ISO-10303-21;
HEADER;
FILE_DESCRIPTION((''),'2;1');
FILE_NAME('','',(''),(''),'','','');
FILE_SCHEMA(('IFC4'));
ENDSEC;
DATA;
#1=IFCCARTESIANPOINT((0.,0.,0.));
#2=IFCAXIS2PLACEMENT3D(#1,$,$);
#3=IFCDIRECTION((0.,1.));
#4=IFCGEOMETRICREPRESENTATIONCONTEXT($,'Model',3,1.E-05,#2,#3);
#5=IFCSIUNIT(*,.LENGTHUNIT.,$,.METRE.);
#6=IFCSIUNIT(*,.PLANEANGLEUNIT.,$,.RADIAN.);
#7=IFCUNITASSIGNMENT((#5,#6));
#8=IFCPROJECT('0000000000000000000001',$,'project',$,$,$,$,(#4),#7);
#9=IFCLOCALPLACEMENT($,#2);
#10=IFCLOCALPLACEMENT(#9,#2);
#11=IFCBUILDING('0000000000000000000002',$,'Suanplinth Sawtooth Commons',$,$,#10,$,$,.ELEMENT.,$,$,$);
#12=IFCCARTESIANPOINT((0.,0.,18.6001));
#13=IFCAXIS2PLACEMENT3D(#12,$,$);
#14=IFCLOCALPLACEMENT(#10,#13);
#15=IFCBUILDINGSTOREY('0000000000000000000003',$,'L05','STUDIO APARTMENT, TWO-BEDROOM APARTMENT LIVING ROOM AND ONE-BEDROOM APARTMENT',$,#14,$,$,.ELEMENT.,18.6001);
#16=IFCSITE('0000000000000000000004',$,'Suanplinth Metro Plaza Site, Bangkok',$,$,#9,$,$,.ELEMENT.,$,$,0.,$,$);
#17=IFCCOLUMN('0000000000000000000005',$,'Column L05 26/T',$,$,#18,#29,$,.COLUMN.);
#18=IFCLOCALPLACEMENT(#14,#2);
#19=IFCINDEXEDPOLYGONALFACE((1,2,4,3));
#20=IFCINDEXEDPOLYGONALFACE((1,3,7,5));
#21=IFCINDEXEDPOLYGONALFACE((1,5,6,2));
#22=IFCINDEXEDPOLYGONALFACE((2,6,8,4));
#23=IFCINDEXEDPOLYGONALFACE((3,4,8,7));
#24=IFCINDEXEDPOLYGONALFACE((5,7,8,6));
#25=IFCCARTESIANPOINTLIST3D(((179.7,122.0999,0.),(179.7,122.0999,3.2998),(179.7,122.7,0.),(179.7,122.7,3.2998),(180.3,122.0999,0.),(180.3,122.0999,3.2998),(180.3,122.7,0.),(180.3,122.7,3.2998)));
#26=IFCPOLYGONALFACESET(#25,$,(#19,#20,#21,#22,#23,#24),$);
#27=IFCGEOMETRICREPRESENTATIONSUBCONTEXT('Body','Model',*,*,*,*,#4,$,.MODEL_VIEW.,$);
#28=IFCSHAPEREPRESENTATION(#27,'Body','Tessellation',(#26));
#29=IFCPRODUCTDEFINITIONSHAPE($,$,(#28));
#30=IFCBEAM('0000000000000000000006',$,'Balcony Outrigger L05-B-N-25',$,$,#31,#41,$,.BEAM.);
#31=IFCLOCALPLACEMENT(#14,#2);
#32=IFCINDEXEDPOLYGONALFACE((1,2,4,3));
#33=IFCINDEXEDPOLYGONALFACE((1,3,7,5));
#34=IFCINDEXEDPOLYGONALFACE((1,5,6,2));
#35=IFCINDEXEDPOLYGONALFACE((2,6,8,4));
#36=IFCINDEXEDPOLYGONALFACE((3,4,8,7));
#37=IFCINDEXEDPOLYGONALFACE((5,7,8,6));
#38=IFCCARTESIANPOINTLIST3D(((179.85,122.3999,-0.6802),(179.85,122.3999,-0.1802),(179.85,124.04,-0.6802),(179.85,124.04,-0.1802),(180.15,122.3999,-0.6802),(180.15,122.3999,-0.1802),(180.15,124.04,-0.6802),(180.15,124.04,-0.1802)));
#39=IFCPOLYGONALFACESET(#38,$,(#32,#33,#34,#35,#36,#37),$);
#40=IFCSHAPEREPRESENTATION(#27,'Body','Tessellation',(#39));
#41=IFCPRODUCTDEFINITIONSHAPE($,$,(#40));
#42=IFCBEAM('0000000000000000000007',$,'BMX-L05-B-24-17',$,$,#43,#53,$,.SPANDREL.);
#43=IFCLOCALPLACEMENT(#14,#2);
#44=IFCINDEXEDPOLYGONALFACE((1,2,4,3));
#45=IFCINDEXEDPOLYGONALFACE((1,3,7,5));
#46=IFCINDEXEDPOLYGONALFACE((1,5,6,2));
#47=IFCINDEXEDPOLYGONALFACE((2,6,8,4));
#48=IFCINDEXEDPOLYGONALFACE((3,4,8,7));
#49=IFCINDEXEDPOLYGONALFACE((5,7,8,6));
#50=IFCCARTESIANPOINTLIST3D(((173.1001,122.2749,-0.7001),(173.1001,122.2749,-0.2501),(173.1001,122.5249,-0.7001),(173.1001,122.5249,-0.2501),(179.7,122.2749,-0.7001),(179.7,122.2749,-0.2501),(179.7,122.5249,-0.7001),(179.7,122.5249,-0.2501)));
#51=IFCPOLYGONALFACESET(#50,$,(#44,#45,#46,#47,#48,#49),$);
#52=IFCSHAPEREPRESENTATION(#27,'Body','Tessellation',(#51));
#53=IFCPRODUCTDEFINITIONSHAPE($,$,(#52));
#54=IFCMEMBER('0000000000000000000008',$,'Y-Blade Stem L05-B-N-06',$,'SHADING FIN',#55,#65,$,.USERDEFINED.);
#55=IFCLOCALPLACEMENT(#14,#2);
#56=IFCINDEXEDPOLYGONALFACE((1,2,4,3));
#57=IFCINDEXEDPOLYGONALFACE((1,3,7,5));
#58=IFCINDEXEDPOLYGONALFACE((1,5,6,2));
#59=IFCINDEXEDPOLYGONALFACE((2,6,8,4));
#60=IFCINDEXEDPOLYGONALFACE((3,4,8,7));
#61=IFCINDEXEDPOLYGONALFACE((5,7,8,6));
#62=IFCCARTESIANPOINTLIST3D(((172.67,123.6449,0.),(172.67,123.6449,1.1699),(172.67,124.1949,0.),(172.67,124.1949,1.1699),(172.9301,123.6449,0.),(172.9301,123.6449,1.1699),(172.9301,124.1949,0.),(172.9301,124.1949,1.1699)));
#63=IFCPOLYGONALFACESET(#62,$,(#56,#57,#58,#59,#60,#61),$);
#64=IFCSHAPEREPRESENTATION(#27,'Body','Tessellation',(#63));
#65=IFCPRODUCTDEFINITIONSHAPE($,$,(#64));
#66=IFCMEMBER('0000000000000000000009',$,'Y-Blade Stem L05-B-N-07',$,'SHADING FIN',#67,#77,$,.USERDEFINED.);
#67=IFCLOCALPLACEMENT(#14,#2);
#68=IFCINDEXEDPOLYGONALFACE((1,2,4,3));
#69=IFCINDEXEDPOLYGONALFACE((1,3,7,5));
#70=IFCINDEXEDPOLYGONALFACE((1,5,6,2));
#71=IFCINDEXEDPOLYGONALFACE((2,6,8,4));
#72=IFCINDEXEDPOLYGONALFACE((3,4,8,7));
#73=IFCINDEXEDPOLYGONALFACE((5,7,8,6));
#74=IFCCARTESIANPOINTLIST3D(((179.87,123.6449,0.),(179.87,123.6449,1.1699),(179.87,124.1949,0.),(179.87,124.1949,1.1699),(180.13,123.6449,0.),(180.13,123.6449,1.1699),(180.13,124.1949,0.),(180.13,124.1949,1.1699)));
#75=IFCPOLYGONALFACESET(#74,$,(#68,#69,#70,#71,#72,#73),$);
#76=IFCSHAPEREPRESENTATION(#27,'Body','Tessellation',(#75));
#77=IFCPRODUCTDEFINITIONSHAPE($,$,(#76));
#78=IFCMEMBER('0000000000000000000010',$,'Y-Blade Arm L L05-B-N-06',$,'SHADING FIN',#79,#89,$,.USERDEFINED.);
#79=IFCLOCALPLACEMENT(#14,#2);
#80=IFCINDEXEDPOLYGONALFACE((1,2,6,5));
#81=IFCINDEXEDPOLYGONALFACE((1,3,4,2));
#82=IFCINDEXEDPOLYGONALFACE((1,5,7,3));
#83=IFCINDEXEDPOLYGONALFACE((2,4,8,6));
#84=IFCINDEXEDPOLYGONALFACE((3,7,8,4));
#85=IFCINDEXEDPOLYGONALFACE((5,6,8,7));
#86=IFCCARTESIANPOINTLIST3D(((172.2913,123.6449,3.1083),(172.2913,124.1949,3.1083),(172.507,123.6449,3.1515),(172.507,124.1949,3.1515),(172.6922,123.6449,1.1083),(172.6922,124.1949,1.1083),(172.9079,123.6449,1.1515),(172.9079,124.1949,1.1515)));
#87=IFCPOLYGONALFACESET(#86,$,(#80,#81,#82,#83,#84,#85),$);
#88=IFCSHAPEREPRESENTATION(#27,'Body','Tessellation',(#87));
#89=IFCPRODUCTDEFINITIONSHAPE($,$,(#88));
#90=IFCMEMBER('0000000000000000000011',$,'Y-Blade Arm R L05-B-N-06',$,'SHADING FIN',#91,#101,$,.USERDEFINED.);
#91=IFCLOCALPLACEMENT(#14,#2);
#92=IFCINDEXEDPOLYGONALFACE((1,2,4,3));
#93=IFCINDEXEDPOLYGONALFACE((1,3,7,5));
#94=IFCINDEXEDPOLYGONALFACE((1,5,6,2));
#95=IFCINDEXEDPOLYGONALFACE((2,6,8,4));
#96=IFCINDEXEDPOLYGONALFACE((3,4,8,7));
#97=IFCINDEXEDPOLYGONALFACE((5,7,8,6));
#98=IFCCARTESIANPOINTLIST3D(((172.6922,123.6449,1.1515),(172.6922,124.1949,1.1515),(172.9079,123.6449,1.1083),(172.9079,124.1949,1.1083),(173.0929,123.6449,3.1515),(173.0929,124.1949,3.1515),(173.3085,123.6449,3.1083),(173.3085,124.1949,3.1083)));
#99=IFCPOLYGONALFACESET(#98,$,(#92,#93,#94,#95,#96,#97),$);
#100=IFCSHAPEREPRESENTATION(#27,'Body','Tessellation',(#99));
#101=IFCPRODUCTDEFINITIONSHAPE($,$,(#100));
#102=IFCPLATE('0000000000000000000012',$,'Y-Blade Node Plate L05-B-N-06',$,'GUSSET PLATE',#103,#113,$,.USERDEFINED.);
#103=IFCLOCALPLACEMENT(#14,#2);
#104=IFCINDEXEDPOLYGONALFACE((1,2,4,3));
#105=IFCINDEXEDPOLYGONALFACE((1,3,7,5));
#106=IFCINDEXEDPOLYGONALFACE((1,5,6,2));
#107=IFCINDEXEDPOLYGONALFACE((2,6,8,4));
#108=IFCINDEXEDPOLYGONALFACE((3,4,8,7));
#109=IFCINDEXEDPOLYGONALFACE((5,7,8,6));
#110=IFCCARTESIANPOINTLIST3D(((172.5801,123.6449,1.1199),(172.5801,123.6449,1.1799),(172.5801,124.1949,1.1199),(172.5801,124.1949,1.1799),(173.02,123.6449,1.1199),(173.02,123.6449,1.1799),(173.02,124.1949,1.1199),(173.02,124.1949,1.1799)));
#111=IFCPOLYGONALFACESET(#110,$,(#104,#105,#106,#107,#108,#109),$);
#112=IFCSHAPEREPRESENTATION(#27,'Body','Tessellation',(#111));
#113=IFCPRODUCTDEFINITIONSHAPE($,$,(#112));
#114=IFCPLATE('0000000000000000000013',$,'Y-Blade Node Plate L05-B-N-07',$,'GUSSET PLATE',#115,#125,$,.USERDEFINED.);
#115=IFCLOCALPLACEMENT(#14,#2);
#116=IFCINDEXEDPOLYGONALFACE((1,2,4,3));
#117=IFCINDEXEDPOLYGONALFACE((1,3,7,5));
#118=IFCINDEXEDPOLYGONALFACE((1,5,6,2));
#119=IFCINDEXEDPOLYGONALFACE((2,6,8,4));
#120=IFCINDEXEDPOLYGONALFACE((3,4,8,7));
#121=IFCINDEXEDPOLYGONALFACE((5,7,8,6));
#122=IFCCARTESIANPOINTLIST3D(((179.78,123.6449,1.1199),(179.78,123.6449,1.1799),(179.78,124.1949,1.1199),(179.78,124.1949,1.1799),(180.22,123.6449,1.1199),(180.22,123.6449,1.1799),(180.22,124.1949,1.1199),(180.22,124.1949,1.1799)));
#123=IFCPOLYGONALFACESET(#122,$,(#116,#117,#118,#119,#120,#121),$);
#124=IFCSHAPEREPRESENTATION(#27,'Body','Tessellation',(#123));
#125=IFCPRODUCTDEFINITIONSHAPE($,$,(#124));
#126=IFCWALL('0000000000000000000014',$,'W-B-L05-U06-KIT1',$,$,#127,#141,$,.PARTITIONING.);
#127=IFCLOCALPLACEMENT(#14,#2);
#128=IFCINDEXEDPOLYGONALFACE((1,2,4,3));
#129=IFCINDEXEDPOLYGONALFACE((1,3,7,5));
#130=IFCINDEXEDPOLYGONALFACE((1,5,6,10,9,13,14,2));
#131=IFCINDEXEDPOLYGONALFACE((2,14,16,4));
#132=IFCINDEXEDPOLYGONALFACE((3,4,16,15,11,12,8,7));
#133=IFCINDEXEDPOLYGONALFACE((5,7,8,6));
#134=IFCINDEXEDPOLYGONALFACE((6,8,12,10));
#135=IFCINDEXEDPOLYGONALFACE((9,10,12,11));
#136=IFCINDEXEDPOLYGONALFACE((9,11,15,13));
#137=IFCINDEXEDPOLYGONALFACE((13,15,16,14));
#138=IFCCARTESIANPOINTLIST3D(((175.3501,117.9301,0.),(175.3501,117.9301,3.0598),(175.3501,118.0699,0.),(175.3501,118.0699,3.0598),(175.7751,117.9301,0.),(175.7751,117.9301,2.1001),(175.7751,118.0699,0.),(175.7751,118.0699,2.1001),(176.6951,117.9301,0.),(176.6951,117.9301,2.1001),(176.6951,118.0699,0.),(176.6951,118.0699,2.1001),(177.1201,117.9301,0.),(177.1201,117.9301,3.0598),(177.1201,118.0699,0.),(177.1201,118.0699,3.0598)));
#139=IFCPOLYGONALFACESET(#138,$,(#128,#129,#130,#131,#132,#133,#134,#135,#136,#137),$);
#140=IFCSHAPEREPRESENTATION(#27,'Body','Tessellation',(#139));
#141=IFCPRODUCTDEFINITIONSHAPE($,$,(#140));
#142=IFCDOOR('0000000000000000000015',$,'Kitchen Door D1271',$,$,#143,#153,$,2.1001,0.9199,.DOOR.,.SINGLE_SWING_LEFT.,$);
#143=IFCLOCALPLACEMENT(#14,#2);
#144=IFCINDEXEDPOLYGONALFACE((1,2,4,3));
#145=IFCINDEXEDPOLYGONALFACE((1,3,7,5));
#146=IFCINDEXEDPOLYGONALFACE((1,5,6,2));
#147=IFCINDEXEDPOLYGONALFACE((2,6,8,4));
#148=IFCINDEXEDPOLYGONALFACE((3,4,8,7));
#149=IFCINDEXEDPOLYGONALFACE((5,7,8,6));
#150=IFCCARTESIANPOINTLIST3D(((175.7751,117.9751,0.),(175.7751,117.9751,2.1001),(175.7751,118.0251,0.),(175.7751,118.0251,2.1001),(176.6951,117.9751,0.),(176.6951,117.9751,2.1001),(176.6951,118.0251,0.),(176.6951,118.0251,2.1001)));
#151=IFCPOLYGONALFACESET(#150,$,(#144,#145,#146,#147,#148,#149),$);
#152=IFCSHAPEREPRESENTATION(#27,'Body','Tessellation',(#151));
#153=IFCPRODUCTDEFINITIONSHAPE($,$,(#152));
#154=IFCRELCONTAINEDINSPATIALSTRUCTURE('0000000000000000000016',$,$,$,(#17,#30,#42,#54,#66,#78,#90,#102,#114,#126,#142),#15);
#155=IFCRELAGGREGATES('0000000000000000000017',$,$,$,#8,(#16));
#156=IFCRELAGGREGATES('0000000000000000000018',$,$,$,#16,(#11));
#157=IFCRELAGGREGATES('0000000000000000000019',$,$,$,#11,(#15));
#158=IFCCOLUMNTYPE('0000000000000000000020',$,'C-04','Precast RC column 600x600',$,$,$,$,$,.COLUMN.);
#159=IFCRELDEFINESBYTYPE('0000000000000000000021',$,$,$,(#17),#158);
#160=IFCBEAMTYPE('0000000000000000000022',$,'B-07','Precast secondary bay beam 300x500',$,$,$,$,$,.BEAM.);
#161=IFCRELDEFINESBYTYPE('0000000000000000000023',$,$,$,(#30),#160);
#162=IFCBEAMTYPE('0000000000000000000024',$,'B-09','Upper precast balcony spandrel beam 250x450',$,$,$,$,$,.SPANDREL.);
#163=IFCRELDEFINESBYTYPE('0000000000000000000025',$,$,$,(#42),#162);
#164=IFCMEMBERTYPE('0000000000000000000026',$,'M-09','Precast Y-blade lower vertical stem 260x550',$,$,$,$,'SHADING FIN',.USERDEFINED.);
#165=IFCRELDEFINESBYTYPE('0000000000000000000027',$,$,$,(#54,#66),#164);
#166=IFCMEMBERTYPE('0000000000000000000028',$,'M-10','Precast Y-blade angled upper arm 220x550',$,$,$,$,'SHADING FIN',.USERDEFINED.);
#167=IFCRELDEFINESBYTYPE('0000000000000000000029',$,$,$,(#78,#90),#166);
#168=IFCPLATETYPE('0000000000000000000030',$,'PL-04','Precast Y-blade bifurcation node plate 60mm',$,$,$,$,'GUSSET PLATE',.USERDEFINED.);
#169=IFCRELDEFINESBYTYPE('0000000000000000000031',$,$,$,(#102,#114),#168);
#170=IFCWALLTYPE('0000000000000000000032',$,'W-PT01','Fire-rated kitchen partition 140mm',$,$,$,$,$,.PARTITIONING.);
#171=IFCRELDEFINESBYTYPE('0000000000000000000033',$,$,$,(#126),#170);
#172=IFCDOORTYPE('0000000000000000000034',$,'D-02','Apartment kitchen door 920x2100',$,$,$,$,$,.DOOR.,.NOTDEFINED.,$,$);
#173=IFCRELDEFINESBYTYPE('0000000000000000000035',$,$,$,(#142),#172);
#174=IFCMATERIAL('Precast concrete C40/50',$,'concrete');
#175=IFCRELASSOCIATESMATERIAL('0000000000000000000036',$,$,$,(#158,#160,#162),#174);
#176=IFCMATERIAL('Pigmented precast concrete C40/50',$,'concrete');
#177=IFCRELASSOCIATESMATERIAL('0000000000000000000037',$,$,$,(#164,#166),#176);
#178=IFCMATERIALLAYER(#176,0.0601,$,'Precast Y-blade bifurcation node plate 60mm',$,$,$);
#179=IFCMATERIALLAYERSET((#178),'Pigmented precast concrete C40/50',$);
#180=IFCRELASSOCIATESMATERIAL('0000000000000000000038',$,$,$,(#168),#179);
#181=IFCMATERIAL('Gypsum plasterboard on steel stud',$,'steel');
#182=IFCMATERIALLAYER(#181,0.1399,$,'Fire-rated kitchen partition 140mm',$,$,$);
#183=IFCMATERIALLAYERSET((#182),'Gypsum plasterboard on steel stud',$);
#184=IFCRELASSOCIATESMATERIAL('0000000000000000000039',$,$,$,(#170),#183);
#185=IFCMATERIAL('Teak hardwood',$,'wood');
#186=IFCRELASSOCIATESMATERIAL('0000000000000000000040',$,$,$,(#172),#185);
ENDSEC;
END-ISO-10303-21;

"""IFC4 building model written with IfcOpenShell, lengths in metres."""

from ifc_helpers import new_model, si_unit, direction, frame, frame_2d, origin, origin_2d, place, context, subcontext, project, spatial, rectangle, extrude, material, layer, layer_set, material_profile, profile_set, type_object, element, fill, save


model = new_model("IFC4")

# Units and contexts
model_context = context("Model", 3, precision=1e-05, world=origin(), true_north=direction((0.0, 1.0)))
body_context = subcontext(model_context, "Body", "Model", "MODEL_VIEW")
ifc_project = project(units=[si_unit("LENGTHUNIT", "METRE"), si_unit("PLANEANGLEUNIT", "RADIAN")], contexts=[model_context])

# Site, building, storey
site_placement = place(None, origin())
site = spatial("IfcSite", under=ifc_project, at=site_placement, Name="Suanplinth Metro Plaza Site, Bangkok", CompositionType="ELEMENT", RefElevation=0.0)
building_placement = place(site_placement, origin())
building = spatial("IfcBuilding", under=site, at=building_placement, Name="Suanplinth Sawtooth Commons", CompositionType="ELEMENT")
storey_placement = place(building_placement, frame((0.0, 0.0, 18.6001)))
storey = spatial("IfcBuildingStorey", under=building, at=storey_placement, Name="L05", Description="STUDIO APARTMENT, TWO-BEDROOM APARTMENT LIVING ROOM AND ONE-BEDROOM APARTMENT", CompositionType="ELEMENT", Elevation=18.6001)

# Column
ifc_material_1 = material(Name="Precast concrete C40/50", Category="concrete")
ifc_material_profile_1 = material_profile(ifc_material_1, rectangle(XDim=0.6001, YDim=0.6001, at=origin_2d()), Name="PC-COL 600x600")
ifc_profile_set_1 = profile_set([ifc_material_profile_1], Name="Precast concrete C40/50")
column_type = type_object("IfcColumnType", Name="C-04", Description="Precast RC column 600x600", PredefinedType="COLUMN", material=ifc_profile_set_1)
column_placement = place(storey_placement, frame((180.0, 122.3999, 0.0), z_axis=(0.0, 0.0, 1.0), x_axis=(1.0, 0.0, 0.0)))
element("IfcColumn", 1, at=column_placement, inside=storey, type_object=column_type, Name="Column L05 26/T", PredefinedType="COLUMN", context=body_context, shape_type="SweptSolid", body=[
    extrude(rectangle(XDim=0.6001, YDim=0.6001, at=origin_2d()), origin(), (0.0, 0.0, 1.0), 3.2998),
])

# Beams
ifc_material_profile_2 = material_profile(ifc_material_1, rectangle(XDim=0.3, YDim=0.5, at=origin_2d()), Name="PC-BM 300x500")
ifc_profile_set_2 = profile_set([ifc_material_profile_2], Name="Precast concrete C40/50")
beam_type_1 = type_object("IfcBeamType", Name="B-07", Description="Precast secondary bay beam 300x500", PredefinedType="BEAM", material=ifc_profile_set_2)
beam_1_placement = place(storey_placement, frame((180.0, 122.3999, -0.4302), z_axis=(0.0, 1.0, 0.0), x_axis=(-1.0, 0.0, 0.0)))
element("IfcBeam", 2, at=beam_1_placement, inside=storey, type_object=beam_type_1, Name="Balcony Outrigger L05-B-N-25", PredefinedType="BEAM", context=body_context, shape_type="SweptSolid", body=[
    extrude(rectangle(XDim=0.3, YDim=0.5, at=origin_2d()), origin(), (0.0, 0.0, 1.0), 1.6401),
])
ifc_material_profile_3 = material_profile(ifc_material_1, rectangle(XDim=0.25, YDim=0.45, at=origin_2d()), Name="PC-SP 250x450")
ifc_profile_set_3 = profile_set([ifc_material_profile_3], Name="Precast concrete C40/50")
beam_type_2 = type_object("IfcBeamType", Name="B-09", Description="Upper precast balcony spandrel beam 250x450", PredefinedType="SPANDREL", material=ifc_profile_set_3)
beam_2_placement = place(storey_placement, frame((173.1001, 122.3999, -0.4751), z_axis=(1.0, 0.0, 0.0), x_axis=(0.0, 1.0, 0.0)))
element("IfcBeam", 3, at=beam_2_placement, inside=storey, type_object=beam_type_2, Name="BMX-L05-B-24-17", PredefinedType="SPANDREL", context=body_context, shape_type="SweptSolid", body=[
    extrude(rectangle(XDim=0.25, YDim=0.45, at=origin_2d()), origin(), (0.0, 0.0, 1.0), 6.5999),
])

# Members
ifc_material_2 = material(Name="Pigmented precast concrete C40/50", Category="concrete")
ifc_material_profile_4 = material_profile(ifc_material_2, rectangle(XDim=0.26, YDim=0.55, at=origin_2d()), Name="PC-FIN 260x550")
ifc_profile_set_4 = profile_set([ifc_material_profile_4], Name="Pigmented precast concrete C40/50")
member_type_1 = type_object("IfcMemberType", Name="M-09", Description="Precast Y-blade lower vertical stem 260x550", ElementType="SHADING FIN", PredefinedType="USERDEFINED", material=ifc_profile_set_4)
for number, where, z_axis, x_axis, name in (
    (4, (172.8, 123.9199, 0.0), (0.0, 0.0, 1.0), (1.0, 0.0, 0.0), "Y-Blade Stem L05-B-N-06"),
    (5, (180.0, 123.9199, 0.0), (0.0, 0.0, 1.0), (1.0, 0.0, 0.0), "Y-Blade Stem L05-B-N-07"),
):
    element("IfcMember", number, at=place(storey_placement, frame(where, z_axis=z_axis, x_axis=x_axis)), inside=storey, type_object=member_type_1, Name=name, ObjectType="SHADING FIN", PredefinedType="USERDEFINED", context=body_context, shape_type="SweptSolid", body=[
        extrude(rectangle(XDim=0.26, YDim=0.55, at=origin_2d()), origin(), (0.0, 0.0, 1.0), 1.1699),
    ])
ifc_material_profile_5 = material_profile(ifc_material_2, rectangle(XDim=0.22, YDim=0.55, at=origin_2d()), Name="PC-FIN 220x550")
ifc_profile_set_5 = profile_set([ifc_material_profile_5], Name="Pigmented precast concrete C40/50")
member_type_2 = type_object("IfcMemberType", Name="M-10", Description="Precast Y-blade angled upper arm 220x550", ElementType="SHADING FIN", PredefinedType="USERDEFINED", material=ifc_profile_set_5)
for number, where, z_axis, x_axis, name in (
    (6, (172.8, 123.9199, 1.1299), (-0.19653, 0.0, 0.980498), (0.980498, 0.0, 0.19653), "Y-Blade Arm L L05-B-N-06"),
    (7, (172.8, 123.9199, 1.1299), (0.196415, 0.0, 0.980521), (-0.980521, 0.0, 0.196415), "Y-Blade Arm R L05-B-N-06"),
):
    element("IfcMember", number, at=place(storey_placement, frame(where, z_axis=z_axis, x_axis=x_axis)), inside=storey, type_object=member_type_2, Name=name, ObjectType="SHADING FIN", PredefinedType="USERDEFINED", context=body_context, shape_type="SweptSolid", body=[
        extrude(rectangle(XDim=0.22, YDim=0.55, at=origin_2d()), origin(), (0.0, 0.0, 1.0), 2.0398),
    ])

# Plates
ifc_layer_1 = layer(ifc_material_2, 0.0601, Name="Precast Y-blade bifurcation node plate 60mm")
ifc_layer_set_1 = layer_set([ifc_layer_1], Name="Pigmented precast concrete C40/50")
plate_type = type_object("IfcPlateType", Name="PL-04", Description="Precast Y-blade bifurcation node plate 60mm", ElementType="GUSSET PLATE", PredefinedType="USERDEFINED", material=ifc_layer_set_1)
for number, where, z_axis, x_axis, name in (
    (8, (172.8, 123.9199, 1.1199), (0.0, 0.0, 1.0), (1.0, 0.0, 0.0), "Y-Blade Node Plate L05-B-N-06"),
    (9, (180.0, 123.9199, 1.1199), (0.0, 0.0, 1.0), (1.0, 0.0, 0.0), "Y-Blade Node Plate L05-B-N-07"),
):
    element("IfcPlate", number, at=place(storey_placement, frame(where, z_axis=z_axis, x_axis=x_axis)), inside=storey, type_object=plate_type, Name=name, ObjectType="GUSSET PLATE", PredefinedType="USERDEFINED", context=body_context, shape_type="SweptSolid", body=[
        extrude(rectangle(XDim=0.4399, YDim=0.55, at=origin_2d()), origin(), (0.0, 0.0, 1.0), 0.0601),
    ])

# Wall, opening, door
ifc_material_3 = material(Name="Gypsum plasterboard on steel stud", Category="steel")
ifc_layer_2 = layer(ifc_material_3, 0.1399, Name="Fire-rated kitchen partition 140mm")
ifc_layer_set_2 = layer_set([ifc_layer_2], Name="Gypsum plasterboard on steel stud")
wall_type_1 = type_object("IfcWallType", Name="W-PT01", Description="Fire-rated kitchen partition 140mm", PredefinedType="PARTITIONING", material=ifc_layer_set_2)
wall_1_placement = place(storey_placement, frame((175.3501, 118.0, 0.0), z_axis=(0.0, 0.0, 1.0), x_axis=(1.0, 0.0, 0.0)))
wall_1 = element("IfcWall", 10, at=wall_1_placement, inside=storey, type_object=wall_type_1, Name="W-B-L05-U06-KIT1", PredefinedType="PARTITIONING", context=body_context, shape_type="SweptSolid", body=[
    extrude(rectangle(XDim=1.77, YDim=0.1399, at=frame_2d((0.885, 0.0))), origin(), (0.0, 0.0, 1.0), 3.0598),
])
opening_1_placement = place(wall_1_placement, frame((0.425, 0.0, 0.0)))
opening_1 = element("IfcOpeningElement", 11, at=opening_1_placement, cuts=wall_1, PredefinedType="OPENING", context=body_context, shape_type="SweptSolid", body=[
    extrude(rectangle(XDim=0.9199, YDim=2.1001, at=frame_2d((0.46, 1.05))), frame((0.0, 0.085, 0.0), z_axis=(0.0, -1.0, 0.0), x_axis=(1.0, 0.0, 0.0)), (0.0, 0.0, 1.0), 0.1697),
])
ifc_material_4 = material(Name="Teak hardwood", Category="wood")
door_type_1 = type_object("IfcDoorType", Name="D-02", Description="Apartment kitchen door 920x2100", OperationType="NOTDEFINED", PredefinedType="DOOR", material=ifc_material_4)
door_1_placement = place(opening_1_placement, frame((0.9199, 0.0, 0.0), z_axis=(0.0, 0.0, 1.0), x_axis=(-1.0, 0.0, 0.0)))
door_1 = element("IfcDoor", 12, at=door_1_placement, inside=storey, type_object=door_type_1, Name="Kitchen Door D1271", OperationType="SINGLE_SWING_LEFT", OverallHeight=2.1001, OverallWidth=0.9199, PredefinedType="DOOR", context=body_context, shape_type="SweptSolid", body=[
    extrude(rectangle(XDim=0.9199, YDim=2.1001, at=frame_2d((0.46, 1.05))), frame((0.0, 0.0249, 0.0), z_axis=(0.0, -1.0, 0.0), x_axis=(1.0, 0.0, 0.0)), (0.0, 0.0, 1.0), 0.05),
])
fill(opening_1, door_1)

save(model, "model.ifc")
